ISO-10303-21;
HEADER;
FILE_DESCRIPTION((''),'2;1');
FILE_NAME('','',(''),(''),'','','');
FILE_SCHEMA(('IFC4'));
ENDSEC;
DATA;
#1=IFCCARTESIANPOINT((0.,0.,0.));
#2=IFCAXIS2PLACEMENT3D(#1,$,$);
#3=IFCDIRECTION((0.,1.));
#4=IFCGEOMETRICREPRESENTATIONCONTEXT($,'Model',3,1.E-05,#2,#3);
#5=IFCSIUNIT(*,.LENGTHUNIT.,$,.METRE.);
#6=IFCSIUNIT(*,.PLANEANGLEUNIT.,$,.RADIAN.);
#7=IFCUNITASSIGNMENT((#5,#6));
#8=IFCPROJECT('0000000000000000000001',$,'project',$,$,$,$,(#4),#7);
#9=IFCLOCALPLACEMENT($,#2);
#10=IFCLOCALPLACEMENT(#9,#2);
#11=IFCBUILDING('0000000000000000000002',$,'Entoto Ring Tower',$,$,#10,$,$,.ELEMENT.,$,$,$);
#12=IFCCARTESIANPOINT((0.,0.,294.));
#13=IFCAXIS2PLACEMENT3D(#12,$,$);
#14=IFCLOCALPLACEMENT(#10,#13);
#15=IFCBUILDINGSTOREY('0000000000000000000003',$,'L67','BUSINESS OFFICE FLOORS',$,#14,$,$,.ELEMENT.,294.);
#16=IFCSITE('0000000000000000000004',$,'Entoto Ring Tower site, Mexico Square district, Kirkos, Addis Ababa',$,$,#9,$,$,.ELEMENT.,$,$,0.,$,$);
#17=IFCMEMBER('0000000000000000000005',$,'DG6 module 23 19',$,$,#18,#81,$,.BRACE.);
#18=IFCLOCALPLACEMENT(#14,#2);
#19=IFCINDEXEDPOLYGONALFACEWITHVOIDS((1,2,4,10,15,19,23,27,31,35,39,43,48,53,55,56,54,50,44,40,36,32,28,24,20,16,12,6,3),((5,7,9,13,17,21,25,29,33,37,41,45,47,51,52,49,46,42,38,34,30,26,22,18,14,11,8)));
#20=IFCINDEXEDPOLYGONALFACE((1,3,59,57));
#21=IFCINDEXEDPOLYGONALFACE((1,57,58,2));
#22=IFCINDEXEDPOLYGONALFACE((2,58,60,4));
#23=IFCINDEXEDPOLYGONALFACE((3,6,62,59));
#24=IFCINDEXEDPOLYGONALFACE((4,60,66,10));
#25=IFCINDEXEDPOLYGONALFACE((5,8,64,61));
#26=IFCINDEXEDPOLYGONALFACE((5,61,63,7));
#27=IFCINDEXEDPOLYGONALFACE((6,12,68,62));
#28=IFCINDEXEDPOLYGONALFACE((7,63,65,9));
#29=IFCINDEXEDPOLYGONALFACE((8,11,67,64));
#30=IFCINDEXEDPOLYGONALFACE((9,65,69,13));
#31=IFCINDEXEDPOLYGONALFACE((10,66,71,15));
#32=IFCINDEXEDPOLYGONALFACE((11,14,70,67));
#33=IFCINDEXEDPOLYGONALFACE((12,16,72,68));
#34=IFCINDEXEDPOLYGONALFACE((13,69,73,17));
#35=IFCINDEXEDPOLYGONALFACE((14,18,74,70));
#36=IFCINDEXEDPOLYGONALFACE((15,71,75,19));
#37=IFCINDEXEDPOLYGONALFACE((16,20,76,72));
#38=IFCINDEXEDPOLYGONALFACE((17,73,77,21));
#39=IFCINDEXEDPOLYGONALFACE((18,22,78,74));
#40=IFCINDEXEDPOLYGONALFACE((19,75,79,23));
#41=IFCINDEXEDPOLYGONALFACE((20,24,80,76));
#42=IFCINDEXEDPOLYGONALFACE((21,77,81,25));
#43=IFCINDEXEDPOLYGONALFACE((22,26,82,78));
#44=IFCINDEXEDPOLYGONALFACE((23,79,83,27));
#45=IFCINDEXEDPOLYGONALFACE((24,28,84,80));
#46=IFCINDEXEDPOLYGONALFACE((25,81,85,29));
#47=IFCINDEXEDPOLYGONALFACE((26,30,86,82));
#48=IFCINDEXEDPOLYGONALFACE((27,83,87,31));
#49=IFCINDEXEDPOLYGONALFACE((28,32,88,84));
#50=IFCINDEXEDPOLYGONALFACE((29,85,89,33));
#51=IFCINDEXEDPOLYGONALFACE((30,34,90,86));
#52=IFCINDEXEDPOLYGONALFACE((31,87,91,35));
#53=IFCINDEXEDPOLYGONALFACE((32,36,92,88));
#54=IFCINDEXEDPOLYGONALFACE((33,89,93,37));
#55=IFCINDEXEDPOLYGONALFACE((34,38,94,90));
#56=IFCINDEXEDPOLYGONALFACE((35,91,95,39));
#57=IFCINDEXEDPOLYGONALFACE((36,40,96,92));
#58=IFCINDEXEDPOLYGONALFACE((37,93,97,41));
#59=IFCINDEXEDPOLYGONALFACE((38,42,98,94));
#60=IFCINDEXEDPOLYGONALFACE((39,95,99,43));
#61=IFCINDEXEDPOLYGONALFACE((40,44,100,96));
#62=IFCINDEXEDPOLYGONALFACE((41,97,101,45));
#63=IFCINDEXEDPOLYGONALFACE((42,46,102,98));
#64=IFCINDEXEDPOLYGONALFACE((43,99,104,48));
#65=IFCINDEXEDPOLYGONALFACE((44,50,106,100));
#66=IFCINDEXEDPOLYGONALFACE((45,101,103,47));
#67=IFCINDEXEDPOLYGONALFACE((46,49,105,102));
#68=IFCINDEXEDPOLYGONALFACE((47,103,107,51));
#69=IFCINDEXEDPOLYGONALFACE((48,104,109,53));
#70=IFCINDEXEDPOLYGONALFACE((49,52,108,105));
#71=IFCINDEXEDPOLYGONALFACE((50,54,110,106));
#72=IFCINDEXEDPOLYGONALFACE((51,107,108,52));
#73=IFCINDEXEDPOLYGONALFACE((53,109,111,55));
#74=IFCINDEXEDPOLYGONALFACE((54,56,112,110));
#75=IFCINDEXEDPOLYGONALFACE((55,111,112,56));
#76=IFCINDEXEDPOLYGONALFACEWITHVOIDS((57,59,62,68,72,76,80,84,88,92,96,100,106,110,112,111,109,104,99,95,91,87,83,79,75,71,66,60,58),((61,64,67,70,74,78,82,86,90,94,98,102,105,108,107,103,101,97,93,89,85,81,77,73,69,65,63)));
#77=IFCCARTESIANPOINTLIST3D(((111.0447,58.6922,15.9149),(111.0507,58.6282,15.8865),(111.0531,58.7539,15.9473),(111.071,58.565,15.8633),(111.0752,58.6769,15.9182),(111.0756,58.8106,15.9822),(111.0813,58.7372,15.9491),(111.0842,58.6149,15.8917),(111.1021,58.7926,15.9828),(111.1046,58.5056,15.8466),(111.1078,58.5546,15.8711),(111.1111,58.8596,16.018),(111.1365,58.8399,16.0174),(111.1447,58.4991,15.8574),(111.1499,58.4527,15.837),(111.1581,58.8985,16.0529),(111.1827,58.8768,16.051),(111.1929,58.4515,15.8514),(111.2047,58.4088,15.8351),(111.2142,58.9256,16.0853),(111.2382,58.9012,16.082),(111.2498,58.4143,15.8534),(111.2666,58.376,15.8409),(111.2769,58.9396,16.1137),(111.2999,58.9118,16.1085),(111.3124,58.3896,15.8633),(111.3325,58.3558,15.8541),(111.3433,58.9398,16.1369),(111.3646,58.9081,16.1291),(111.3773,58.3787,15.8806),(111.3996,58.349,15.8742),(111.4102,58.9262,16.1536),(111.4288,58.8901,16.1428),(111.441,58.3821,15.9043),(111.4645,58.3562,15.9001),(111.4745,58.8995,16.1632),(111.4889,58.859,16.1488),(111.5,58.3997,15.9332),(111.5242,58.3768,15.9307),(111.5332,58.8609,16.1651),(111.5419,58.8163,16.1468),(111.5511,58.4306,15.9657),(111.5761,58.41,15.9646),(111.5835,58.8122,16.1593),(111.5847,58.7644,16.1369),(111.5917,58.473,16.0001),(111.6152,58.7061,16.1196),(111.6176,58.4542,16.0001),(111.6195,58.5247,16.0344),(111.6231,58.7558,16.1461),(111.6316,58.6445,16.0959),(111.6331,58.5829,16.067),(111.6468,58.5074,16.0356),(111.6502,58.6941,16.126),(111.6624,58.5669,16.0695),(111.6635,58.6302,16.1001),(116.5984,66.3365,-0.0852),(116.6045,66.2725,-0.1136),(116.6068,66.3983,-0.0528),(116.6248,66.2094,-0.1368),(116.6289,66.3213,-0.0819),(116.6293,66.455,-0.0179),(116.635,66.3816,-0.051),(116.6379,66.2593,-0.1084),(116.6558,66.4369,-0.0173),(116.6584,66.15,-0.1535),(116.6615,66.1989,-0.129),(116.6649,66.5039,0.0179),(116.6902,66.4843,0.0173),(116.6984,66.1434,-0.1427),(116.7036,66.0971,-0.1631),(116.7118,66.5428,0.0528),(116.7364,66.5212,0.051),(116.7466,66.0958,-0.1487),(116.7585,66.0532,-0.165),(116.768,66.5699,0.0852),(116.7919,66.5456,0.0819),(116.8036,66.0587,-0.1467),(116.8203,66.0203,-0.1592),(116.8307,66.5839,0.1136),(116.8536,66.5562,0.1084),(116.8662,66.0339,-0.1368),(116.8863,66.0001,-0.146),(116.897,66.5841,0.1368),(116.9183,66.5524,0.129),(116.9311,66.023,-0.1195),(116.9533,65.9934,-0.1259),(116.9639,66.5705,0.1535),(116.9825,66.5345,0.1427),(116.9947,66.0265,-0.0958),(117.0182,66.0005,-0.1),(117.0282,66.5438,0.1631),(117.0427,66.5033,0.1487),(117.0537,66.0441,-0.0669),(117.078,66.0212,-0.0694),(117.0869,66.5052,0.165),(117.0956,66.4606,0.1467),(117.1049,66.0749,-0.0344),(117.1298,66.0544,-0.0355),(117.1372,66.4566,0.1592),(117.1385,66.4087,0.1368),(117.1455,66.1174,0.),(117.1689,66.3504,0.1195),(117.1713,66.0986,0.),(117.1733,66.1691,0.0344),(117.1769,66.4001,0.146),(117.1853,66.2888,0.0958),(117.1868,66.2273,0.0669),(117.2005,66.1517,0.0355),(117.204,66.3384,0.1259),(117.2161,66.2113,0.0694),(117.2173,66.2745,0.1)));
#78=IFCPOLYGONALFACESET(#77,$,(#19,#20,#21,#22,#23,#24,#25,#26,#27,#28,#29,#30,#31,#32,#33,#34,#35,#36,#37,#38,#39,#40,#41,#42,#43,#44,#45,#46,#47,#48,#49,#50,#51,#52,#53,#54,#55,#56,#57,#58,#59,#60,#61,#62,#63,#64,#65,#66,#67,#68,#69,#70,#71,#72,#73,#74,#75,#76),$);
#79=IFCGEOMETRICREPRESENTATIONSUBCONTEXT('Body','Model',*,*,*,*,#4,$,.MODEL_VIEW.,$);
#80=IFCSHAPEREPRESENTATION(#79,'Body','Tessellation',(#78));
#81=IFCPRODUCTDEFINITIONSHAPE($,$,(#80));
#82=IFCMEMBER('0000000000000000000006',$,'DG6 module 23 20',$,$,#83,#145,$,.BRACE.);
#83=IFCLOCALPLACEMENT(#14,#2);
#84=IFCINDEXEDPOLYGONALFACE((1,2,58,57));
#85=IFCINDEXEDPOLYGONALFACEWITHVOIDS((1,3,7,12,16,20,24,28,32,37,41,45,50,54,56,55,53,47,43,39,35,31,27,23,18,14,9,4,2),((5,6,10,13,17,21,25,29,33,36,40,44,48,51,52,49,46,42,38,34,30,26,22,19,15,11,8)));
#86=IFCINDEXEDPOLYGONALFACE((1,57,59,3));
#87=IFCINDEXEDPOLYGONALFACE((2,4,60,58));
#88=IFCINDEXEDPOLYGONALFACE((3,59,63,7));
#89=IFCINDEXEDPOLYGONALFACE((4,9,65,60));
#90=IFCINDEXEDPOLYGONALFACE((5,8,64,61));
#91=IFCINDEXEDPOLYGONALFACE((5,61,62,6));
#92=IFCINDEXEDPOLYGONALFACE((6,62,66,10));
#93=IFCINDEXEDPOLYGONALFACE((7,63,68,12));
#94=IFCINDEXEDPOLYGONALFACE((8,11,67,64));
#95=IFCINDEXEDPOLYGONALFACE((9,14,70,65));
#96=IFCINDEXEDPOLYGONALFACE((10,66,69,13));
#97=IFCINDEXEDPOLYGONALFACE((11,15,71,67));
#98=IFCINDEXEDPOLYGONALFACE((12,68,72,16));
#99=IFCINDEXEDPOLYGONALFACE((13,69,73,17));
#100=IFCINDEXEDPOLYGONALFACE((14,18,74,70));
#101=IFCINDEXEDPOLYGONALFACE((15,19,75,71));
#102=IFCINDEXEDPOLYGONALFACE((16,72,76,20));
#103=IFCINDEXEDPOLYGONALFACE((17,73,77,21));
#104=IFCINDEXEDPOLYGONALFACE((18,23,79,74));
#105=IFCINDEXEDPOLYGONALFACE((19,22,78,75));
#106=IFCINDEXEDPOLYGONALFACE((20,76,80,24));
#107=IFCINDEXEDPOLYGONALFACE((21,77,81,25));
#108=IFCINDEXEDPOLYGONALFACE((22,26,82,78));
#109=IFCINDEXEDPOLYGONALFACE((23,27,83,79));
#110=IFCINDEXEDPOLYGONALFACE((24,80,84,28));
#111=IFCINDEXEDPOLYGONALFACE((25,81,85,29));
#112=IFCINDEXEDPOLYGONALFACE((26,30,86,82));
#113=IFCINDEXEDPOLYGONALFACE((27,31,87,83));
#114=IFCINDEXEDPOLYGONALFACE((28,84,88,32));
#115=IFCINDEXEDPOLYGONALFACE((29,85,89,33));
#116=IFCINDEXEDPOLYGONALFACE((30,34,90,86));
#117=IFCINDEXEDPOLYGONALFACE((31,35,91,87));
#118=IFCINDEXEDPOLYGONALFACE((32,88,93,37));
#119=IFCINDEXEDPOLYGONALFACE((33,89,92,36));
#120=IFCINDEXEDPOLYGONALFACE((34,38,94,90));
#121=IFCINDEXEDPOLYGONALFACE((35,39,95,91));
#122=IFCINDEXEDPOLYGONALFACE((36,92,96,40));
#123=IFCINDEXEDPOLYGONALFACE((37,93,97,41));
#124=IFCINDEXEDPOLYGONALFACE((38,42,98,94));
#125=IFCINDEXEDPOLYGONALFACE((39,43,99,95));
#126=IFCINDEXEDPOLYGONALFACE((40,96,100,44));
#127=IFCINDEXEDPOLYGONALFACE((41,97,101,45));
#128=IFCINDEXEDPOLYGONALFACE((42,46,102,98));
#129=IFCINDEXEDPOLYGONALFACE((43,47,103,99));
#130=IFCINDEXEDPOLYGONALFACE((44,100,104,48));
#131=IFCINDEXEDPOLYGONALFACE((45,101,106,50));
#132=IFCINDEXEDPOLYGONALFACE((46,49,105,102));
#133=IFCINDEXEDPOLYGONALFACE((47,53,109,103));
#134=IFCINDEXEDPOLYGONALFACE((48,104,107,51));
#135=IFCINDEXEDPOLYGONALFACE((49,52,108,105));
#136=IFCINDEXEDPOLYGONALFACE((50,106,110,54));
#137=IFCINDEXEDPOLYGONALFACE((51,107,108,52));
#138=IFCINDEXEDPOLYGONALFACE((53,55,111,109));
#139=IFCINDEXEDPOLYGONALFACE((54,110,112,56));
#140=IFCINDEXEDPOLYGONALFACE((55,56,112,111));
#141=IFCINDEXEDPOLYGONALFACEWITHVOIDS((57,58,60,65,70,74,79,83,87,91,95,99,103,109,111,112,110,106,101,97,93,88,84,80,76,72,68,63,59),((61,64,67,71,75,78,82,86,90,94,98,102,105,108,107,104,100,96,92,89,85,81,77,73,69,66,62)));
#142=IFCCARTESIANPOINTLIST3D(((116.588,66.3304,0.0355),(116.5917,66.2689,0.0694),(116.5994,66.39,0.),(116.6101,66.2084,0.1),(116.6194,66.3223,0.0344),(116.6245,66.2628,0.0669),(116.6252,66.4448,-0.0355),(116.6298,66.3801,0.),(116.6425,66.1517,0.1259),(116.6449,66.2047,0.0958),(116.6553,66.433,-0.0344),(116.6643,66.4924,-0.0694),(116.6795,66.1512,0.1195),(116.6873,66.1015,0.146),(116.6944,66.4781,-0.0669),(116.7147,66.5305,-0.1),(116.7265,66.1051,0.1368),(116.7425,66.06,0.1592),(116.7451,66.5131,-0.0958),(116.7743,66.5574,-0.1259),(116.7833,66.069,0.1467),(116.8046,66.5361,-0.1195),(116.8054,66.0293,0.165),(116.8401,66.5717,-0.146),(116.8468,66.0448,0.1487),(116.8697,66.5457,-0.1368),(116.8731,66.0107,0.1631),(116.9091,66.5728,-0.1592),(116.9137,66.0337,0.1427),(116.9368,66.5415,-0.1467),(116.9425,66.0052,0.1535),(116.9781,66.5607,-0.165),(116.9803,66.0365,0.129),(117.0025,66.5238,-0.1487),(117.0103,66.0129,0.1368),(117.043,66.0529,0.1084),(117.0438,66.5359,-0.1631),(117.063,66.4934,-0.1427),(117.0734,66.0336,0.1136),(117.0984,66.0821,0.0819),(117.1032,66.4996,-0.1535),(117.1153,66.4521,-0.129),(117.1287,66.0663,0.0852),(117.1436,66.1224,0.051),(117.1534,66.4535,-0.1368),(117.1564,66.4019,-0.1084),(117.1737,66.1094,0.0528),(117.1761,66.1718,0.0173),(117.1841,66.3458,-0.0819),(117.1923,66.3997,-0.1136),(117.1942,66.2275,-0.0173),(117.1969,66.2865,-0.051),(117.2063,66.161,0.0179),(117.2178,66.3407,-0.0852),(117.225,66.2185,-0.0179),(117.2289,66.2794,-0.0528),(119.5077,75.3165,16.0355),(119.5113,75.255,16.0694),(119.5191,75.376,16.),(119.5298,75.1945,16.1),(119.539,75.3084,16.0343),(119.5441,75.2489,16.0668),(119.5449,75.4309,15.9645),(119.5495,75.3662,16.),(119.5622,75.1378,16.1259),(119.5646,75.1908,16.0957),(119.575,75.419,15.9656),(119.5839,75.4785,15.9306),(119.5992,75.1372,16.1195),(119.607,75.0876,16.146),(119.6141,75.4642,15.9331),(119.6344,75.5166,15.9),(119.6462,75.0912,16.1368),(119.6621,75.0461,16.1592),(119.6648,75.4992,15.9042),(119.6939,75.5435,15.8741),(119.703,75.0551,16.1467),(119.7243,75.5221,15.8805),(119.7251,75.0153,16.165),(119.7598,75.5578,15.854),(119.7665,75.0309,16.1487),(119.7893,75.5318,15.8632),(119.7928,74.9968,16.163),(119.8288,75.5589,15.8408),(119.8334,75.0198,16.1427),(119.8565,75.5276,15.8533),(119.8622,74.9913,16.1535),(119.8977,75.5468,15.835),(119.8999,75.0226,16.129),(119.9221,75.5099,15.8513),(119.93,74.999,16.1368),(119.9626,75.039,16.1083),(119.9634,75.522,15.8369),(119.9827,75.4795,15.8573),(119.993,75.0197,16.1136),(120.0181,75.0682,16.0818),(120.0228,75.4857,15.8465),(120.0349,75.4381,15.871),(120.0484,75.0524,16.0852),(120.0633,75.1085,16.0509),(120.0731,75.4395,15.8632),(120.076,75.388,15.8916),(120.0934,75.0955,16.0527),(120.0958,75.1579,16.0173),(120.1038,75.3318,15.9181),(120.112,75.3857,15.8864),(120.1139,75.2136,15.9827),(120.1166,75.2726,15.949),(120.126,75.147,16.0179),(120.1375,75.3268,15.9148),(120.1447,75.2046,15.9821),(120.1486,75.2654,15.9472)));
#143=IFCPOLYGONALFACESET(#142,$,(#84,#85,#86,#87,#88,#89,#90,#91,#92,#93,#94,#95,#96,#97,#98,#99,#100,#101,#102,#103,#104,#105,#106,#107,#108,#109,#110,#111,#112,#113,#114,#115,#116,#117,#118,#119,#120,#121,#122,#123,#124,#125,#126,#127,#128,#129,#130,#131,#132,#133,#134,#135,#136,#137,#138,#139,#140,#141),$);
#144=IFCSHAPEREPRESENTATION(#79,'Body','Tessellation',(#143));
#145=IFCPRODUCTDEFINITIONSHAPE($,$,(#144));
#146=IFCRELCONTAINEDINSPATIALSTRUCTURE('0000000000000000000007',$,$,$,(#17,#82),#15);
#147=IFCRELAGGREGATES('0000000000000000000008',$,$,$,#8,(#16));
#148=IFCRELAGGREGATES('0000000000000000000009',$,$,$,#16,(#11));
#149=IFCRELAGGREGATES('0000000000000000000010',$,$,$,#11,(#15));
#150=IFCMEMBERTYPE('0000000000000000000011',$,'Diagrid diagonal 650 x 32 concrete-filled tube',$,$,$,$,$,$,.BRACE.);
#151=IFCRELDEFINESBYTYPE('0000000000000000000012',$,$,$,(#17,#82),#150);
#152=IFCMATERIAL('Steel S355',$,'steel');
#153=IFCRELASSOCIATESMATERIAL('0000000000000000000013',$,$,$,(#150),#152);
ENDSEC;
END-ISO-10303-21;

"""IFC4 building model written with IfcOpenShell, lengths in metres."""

from ifc_helpers import new_model, si_unit, direction, frame, origin, origin_2d, place, context, subcontext, project, spatial, circle, hollow_circle, extrude, material, material_profile, profile_set, type_object, element, save


model = new_model("IFC4")

# Units and contexts
model_context = context("Model", 3, precision=1e-05, world=origin(), true_north=direction((0.0, 1.0)))
body_context = subcontext(model_context, "Body", "Model", "MODEL_VIEW")
ifc_project = project(units=[si_unit("LENGTHUNIT", "METRE"), si_unit("PLANEANGLEUNIT", "RADIAN")], contexts=[model_context])

# Site, building, storey
site_placement = place(None, origin())
site = spatial("IfcSite", under=ifc_project, at=site_placement, Name="Entoto Ring Tower site, Mexico Square district, Kirkos, Addis Ababa", CompositionType="ELEMENT", RefElevation=0.0)
building_placement = place(site_placement, origin())
building = spatial("IfcBuilding", under=site, at=building_placement, Name="Entoto Ring Tower", CompositionType="ELEMENT")
storey_placement = place(building_placement, frame((0.0, 0.0, 294.0)))
storey = spatial("IfcBuildingStorey", under=building, at=storey_placement, Name="L67", Description="BUSINESS OFFICE FLOORS", CompositionType="ELEMENT", Elevation=294.0)

# Members
ifc_material_1 = material(Name="Steel S355", Category="steel")
ifc_material_profile_1 = material_profile(ifc_material_1, hollow_circle(Radius=0.325, WallThickness=0.032, at=origin_2d()), Name="CHS 650 x 32")
ifc_material_2 = material(Name="Concrete C60/75", Category="concrete")
ifc_material_profile_2 = material_profile(ifc_material_2, circle(Radius=0.293, at=origin_2d()), Name="Concrete C60/75 infill")
ifc_profile_set_1 = profile_set([ifc_material_profile_1, ifc_material_profile_2], Name="Steel S355")
member_type_1 = type_object("IfcMemberType", Name="Diagrid diagonal 650 x 32 concrete-filled tube", PredefinedType="BRACE", material=ifc_profile_set_1)
for number, where, z_axis, x_axis, name in (
    (1, (116.9084, 66.2896, 0.0), (-0.298881, -0.411388, 0.861063), (0.809026, -0.587772, 0.0), "DG6 module 23 19"),
):
    element("IfcMember", number, at=place(storey_placement, frame(where, z_axis=z_axis, x_axis=x_axis)), inside=storey, type_object=member_type_1, Name=name, PredefinedType="BRACE", context=body_context, shape_type="SweptSolid", body=[
        extrude(hollow_circle(Radius=0.325, WallThickness=0.032, at=origin_2d()), origin(), (0.0, 0.0, 1.0), 18.5818),
    ])
member_1_placement = place(storey_placement, frame((116.9084, 66.2896, 0.0), z_axis=(0.157128, 0.483602, 0.861069), x_axis=(-0.951059, 0.30901, 0.0)))
element("IfcMember", 2, at=member_1_placement, inside=storey, type_object=member_type_1, Name="DG6 module 23 20", PredefinedType="BRACE", context=body_context, shape_type="SweptSolid", body=[
    extrude(hollow_circle(Radius=0.325, WallThickness=0.032, at=origin_2d()), origin(), (0.0, 0.0, 1.0), 18.5815),
])

save(model, "model.ifc")
